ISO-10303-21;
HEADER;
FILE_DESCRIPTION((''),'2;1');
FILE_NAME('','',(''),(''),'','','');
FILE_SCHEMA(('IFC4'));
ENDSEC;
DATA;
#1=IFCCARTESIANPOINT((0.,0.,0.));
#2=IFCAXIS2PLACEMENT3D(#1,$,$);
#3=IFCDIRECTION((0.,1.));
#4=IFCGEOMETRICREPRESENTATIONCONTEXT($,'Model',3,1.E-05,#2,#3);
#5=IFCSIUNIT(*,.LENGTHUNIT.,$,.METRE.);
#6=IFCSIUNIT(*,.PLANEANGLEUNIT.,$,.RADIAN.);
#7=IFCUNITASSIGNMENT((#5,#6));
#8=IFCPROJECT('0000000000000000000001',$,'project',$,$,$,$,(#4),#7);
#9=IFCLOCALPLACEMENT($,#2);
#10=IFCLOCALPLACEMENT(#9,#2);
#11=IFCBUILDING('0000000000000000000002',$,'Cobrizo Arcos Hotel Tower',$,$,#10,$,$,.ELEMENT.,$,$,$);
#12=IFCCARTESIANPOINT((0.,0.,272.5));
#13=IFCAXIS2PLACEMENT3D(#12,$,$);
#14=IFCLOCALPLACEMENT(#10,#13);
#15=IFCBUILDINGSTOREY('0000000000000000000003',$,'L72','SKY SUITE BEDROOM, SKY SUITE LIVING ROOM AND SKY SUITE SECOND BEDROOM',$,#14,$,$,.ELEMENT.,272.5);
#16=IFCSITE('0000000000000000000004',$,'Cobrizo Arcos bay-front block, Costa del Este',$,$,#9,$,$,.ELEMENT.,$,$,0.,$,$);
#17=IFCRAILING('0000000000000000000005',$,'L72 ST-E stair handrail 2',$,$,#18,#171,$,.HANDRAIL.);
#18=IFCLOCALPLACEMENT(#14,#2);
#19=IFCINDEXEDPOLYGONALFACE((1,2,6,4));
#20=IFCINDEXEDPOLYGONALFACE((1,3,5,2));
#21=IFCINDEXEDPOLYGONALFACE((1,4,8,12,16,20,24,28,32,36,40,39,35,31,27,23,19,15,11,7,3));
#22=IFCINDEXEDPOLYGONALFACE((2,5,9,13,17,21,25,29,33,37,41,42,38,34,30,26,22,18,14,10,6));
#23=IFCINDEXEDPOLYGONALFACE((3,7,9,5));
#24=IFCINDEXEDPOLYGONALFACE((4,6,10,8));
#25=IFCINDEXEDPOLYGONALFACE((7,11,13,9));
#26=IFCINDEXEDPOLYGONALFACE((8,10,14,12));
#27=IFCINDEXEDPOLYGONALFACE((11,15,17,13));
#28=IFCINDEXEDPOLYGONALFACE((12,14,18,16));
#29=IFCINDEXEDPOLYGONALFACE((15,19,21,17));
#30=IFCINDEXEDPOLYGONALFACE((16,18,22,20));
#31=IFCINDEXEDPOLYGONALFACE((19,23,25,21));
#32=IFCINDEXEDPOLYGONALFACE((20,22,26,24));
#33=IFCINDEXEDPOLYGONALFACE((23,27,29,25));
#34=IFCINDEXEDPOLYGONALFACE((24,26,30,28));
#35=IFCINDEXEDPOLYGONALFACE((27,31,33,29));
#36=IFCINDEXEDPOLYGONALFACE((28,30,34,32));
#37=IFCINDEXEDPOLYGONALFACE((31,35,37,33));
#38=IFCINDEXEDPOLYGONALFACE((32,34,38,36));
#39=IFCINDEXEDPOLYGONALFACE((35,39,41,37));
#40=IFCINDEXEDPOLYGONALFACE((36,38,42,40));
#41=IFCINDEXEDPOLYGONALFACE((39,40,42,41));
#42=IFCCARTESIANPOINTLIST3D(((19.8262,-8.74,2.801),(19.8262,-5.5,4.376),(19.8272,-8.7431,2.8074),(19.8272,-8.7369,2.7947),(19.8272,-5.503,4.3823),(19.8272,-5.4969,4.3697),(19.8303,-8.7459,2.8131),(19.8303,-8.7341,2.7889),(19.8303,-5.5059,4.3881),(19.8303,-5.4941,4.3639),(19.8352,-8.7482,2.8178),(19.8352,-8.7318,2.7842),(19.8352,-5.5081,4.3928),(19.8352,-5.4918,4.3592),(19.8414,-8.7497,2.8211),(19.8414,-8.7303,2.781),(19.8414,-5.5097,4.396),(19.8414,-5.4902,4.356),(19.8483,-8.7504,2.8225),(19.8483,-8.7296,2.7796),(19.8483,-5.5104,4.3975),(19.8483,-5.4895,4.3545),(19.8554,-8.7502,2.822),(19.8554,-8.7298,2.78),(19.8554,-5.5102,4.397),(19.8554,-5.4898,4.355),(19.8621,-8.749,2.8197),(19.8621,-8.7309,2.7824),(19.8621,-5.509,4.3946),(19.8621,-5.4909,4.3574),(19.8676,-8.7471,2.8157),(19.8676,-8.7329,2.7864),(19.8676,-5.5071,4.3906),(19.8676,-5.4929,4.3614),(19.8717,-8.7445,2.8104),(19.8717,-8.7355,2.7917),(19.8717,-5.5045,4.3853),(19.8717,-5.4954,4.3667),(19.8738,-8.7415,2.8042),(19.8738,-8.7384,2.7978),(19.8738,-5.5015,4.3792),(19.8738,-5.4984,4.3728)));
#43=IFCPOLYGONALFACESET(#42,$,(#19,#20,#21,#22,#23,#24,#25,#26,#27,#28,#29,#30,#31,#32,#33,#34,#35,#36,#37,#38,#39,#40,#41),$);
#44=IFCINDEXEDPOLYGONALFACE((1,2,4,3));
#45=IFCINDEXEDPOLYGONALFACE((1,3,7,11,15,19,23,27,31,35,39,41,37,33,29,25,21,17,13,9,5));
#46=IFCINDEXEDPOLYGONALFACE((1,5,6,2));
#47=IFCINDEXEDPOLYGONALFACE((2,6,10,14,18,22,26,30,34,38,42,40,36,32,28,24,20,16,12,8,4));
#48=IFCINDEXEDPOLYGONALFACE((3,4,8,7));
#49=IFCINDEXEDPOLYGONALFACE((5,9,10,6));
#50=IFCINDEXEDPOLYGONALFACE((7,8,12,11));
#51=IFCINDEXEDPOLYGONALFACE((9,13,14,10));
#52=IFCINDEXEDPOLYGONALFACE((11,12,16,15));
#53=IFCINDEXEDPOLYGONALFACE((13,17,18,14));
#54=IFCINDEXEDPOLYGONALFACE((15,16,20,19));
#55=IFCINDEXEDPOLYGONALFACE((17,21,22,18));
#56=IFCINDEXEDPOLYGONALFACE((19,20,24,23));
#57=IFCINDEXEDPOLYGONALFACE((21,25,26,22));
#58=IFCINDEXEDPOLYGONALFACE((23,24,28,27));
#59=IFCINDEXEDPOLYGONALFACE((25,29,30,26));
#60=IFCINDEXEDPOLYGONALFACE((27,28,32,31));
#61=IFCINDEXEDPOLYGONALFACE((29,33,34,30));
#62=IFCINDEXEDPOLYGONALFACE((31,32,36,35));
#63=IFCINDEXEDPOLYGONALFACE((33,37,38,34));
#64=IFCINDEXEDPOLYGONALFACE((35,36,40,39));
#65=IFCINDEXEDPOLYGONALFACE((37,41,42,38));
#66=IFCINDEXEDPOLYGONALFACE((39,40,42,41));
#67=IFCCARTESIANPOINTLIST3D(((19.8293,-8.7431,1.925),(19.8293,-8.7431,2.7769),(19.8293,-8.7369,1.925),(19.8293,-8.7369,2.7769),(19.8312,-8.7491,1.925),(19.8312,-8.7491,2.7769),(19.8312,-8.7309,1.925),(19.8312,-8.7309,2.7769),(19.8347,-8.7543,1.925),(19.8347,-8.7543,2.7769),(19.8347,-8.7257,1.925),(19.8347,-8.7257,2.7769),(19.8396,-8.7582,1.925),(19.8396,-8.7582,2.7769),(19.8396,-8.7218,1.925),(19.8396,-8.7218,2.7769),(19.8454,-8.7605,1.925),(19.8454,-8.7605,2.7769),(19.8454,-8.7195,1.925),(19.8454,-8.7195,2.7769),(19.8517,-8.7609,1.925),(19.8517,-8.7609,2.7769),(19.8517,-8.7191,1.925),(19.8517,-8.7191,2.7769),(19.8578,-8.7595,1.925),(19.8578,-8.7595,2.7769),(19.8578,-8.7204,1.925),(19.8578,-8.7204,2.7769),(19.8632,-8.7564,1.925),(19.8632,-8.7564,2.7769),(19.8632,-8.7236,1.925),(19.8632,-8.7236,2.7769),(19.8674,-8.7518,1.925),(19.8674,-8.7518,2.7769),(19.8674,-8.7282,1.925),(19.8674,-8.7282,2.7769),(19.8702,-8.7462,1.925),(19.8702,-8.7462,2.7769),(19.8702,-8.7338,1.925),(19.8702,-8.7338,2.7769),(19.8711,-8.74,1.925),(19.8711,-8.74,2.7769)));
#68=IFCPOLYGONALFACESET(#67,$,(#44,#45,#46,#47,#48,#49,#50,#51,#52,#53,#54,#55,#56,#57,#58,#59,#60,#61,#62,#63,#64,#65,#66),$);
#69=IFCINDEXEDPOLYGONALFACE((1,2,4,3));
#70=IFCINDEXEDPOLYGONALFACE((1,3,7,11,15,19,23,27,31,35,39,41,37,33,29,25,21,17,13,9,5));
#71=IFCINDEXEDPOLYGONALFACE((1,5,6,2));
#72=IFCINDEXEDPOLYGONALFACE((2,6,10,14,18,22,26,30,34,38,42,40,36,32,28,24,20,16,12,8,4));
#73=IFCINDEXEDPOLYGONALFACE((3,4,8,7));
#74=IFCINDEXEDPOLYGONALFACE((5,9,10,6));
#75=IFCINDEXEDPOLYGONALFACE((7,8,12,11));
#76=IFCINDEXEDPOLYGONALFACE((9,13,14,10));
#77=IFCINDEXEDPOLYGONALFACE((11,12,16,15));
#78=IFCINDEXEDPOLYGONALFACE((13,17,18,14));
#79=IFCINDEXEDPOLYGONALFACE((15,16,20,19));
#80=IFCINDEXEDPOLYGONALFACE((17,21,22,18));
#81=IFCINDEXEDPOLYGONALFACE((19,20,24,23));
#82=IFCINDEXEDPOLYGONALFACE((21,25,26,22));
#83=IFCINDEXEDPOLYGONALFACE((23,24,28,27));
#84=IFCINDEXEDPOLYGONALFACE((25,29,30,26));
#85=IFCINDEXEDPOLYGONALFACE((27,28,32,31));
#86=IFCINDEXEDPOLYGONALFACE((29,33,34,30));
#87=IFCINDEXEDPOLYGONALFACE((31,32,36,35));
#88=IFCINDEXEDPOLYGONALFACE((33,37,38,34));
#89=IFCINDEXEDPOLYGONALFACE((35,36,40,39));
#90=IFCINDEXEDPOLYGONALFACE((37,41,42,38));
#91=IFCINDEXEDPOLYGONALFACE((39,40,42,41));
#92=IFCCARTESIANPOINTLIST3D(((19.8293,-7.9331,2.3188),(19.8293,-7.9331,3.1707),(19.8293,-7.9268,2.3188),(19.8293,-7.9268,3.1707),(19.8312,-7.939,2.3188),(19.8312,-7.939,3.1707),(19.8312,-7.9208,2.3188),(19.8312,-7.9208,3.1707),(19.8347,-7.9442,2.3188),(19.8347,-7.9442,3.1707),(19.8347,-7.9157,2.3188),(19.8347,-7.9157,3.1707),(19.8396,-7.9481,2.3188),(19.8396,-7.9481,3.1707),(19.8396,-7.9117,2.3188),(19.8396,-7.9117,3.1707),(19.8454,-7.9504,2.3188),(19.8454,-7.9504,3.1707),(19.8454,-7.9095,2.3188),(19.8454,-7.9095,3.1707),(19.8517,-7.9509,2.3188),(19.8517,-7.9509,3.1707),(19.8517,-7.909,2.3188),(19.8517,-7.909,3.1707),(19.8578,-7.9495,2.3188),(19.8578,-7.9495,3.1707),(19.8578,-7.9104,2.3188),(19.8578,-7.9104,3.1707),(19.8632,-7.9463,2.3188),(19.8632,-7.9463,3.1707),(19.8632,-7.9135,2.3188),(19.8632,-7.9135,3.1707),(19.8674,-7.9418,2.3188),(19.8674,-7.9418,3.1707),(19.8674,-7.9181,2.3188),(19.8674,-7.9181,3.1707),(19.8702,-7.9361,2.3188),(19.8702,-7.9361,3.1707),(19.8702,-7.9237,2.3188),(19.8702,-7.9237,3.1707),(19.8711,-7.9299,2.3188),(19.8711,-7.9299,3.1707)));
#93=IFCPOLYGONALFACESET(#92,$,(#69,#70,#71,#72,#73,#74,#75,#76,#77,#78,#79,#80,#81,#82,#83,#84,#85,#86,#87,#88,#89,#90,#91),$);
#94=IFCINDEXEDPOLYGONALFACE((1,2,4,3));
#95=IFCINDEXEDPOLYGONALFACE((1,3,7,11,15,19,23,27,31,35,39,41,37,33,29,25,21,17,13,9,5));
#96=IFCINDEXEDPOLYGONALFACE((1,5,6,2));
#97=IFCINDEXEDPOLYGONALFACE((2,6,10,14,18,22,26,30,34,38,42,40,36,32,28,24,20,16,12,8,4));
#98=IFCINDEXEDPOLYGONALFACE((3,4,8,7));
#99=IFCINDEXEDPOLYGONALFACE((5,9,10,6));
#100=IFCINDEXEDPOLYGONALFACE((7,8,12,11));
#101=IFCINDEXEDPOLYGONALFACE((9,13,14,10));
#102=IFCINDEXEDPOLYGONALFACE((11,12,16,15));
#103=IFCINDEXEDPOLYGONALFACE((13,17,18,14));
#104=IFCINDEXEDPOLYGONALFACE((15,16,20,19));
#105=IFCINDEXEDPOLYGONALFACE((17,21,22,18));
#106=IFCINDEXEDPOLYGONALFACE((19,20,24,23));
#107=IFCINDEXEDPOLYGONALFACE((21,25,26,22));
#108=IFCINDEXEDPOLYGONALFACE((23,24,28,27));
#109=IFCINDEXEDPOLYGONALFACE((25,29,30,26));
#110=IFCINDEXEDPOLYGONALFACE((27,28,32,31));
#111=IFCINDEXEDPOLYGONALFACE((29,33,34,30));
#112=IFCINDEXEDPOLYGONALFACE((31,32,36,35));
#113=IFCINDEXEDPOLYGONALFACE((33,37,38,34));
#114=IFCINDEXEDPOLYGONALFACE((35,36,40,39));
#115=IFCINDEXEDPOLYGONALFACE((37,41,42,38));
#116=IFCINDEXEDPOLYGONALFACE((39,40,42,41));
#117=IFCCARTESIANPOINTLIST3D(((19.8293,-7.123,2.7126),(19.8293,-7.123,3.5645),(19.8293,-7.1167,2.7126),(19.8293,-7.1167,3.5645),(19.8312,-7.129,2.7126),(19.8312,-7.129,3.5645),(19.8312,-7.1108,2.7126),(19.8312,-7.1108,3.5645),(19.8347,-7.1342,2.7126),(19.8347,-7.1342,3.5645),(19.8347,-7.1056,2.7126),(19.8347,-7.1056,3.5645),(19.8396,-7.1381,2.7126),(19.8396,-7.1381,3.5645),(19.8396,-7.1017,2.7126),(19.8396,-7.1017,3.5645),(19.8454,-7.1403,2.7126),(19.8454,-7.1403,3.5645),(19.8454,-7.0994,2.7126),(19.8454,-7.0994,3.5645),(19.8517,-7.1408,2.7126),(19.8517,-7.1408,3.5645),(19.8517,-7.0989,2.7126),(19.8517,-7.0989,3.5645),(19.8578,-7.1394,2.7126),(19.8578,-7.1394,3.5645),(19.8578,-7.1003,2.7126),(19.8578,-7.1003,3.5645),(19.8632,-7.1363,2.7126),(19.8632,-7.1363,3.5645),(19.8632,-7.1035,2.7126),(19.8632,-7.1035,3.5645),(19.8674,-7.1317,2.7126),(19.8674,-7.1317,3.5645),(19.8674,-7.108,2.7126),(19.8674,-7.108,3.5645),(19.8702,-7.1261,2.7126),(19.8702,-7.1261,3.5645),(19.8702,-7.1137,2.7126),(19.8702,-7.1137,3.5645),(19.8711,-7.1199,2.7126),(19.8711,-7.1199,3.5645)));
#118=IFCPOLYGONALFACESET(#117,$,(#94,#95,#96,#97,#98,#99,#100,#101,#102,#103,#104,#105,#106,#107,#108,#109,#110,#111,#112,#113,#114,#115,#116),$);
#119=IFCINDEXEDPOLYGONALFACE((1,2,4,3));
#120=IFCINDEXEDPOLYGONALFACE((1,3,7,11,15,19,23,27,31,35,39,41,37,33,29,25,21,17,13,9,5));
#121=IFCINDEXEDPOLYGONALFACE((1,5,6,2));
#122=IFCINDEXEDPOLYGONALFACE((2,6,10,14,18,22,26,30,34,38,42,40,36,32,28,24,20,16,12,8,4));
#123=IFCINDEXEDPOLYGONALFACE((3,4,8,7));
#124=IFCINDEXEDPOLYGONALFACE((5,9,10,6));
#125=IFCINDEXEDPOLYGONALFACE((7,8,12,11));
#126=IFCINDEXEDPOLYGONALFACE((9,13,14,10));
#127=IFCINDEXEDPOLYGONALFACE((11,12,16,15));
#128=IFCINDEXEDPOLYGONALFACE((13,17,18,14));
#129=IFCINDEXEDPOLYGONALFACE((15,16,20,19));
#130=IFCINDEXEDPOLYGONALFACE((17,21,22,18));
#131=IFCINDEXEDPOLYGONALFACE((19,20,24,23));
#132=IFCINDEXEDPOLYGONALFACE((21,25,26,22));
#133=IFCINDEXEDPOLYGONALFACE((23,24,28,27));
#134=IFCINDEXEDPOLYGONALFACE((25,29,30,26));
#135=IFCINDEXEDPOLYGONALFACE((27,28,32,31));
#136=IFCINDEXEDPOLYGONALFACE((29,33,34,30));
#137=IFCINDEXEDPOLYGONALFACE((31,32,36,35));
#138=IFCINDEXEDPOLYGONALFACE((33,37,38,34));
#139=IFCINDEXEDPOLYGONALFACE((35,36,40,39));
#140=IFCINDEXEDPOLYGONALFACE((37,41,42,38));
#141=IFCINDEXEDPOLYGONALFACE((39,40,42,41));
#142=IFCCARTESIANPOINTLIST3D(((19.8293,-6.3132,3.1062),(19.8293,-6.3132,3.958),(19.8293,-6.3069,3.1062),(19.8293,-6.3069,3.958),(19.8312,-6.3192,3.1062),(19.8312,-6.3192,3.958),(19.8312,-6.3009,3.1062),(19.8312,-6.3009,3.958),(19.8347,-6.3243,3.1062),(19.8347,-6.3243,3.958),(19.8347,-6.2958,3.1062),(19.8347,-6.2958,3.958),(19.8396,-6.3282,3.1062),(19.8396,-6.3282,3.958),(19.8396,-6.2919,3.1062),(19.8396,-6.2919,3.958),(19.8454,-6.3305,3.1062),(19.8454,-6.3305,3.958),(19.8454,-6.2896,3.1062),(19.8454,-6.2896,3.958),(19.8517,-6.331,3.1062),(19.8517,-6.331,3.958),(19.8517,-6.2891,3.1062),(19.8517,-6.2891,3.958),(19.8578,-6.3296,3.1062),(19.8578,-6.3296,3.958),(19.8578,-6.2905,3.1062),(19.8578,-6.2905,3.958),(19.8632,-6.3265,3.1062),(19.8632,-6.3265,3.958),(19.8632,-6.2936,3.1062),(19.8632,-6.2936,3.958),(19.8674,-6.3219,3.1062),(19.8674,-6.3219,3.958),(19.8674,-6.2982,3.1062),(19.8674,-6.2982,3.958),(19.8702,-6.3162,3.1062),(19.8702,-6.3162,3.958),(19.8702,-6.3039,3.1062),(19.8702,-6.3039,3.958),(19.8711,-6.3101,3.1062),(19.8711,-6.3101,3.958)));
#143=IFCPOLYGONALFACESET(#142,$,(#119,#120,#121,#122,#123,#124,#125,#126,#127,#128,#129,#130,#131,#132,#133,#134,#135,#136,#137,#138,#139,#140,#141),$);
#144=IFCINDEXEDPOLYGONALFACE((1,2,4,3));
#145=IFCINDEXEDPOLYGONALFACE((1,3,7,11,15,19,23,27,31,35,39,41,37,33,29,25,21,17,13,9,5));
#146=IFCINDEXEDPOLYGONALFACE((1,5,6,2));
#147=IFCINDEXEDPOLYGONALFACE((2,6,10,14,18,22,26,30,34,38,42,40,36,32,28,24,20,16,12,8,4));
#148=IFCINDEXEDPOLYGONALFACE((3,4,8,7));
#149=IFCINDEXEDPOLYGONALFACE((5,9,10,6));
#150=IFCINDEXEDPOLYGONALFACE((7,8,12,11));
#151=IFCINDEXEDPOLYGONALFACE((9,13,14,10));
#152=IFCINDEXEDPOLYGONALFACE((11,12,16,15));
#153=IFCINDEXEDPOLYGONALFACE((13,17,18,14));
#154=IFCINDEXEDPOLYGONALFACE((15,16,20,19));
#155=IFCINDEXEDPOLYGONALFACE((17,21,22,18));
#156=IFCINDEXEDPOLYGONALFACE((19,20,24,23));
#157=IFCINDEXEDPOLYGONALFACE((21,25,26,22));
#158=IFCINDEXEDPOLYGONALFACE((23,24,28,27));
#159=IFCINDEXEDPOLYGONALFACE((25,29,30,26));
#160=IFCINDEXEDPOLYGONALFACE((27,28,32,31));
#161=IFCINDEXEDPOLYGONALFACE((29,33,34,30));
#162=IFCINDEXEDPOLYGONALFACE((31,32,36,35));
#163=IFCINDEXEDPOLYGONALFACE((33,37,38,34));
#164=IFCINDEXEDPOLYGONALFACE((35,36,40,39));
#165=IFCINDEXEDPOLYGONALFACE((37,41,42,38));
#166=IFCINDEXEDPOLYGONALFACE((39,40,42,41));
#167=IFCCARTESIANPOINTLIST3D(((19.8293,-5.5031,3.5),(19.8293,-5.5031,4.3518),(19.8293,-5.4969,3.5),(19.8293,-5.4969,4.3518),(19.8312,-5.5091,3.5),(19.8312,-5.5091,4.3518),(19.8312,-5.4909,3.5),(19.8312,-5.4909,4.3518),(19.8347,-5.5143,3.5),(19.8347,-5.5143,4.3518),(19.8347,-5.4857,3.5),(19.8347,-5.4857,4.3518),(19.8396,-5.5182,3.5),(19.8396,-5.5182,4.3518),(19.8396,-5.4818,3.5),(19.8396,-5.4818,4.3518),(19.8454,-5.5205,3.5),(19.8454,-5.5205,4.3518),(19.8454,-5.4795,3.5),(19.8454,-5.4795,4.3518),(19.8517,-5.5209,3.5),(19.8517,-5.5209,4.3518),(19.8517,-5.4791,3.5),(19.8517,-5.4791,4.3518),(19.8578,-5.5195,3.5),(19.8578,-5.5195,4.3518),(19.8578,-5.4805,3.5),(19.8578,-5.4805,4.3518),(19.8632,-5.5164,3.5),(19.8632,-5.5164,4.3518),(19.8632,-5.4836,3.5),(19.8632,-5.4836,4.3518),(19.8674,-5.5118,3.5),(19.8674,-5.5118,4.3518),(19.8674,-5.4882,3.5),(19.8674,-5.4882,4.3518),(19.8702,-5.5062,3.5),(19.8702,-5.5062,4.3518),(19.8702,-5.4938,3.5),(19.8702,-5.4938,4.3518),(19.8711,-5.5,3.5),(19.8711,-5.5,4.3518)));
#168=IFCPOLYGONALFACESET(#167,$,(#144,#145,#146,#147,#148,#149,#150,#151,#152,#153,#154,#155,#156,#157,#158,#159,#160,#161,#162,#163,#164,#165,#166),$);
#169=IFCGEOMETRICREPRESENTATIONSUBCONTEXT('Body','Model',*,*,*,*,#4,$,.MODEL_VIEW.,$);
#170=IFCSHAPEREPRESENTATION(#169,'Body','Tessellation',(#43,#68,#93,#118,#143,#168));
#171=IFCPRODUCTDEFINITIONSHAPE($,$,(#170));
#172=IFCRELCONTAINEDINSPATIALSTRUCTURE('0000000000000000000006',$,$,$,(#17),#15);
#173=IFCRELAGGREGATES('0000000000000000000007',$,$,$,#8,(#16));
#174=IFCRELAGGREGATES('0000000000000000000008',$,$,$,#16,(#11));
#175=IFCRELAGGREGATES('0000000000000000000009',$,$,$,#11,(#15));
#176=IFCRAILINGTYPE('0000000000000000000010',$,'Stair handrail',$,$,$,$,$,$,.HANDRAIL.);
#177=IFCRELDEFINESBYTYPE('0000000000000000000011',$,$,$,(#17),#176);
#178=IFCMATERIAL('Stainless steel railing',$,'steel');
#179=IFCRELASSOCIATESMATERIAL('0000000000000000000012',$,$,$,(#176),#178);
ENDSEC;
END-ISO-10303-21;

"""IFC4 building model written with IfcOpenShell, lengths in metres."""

from ifc_helpers import new_model, si_unit, direction, frame, origin, origin_2d, place, context, subcontext, project, spatial, circle, extrude, material, type_object, element, save


model = new_model("IFC4")

# Units and contexts
model_context = context("Model", 3, precision=1e-05, world=origin(), true_north=direction((0.0, 1.0)))
body_context = subcontext(model_context, "Body", "Model", "MODEL_VIEW")
ifc_project = project(units=[si_unit("LENGTHUNIT", "METRE"), si_unit("PLANEANGLEUNIT", "RADIAN")], contexts=[model_context])

# Site, building, storey
site_placement = place(None, origin())
site = spatial("IfcSite", under=ifc_project, at=site_placement, Name="Cobrizo Arcos bay-front block, Costa del Este", CompositionType="ELEMENT", RefElevation=0.0)
building_placement = place(site_placement, origin())
building = spatial("IfcBuilding", under=site, at=building_placement, Name="Cobrizo Arcos Hotel Tower", CompositionType="ELEMENT")
storey_placement = place(building_placement, frame((0.0, 0.0, 272.5)))
storey = spatial("IfcBuildingStorey", under=building, at=storey_placement, Name="L72", Description="SKY SUITE BEDROOM, SKY SUITE LIVING ROOM AND SKY SUITE SECOND BEDROOM", CompositionType="ELEMENT", Elevation=272.5)

# Railing
ifc_material_1 = material(Name="Stainless steel railing", Category="steel")
railing_type_1 = type_object("IfcRailingType", Name="Stair handrail", PredefinedType="HANDRAIL", material=ifc_material_1)
railing_1_placement = place(storey_placement, frame((19.8501, -8.74, 1.925)))
element("IfcRailing", 1, at=railing_1_placement, inside=storey, type_object=railing_type_1, Name="L72 ST-E stair handrail 2", PredefinedType="HANDRAIL", context=body_context, shape_type="SweptSolid", body=[
    extrude(circle(Radius=0.0239, at=origin_2d()), frame((0.0, 0.0, 0.876), z_axis=(0.0, 0.899373, 0.437183), x_axis=(-1.0, 0.0, 0.0)), (0.0, 0.0, 1.0), 3.6025),
    extrude(circle(Radius=0.021, at=origin_2d()), origin(), (0.0, 0.0, 1.0), 0.8518),
    extrude(circle(Radius=0.021, at=origin_2d()), frame((0.0, 0.8101, 0.3938)), (0.0, 0.0, 1.0), 0.8518),
    extrude(circle(Radius=0.021, at=origin_2d()), frame((0.0, 1.6201, 0.7876)), (0.0, 0.0, 1.0), 0.8518),
    extrude(circle(Radius=0.021, at=origin_2d()), frame((0.0, 2.4299, 1.1812)), (0.0, 0.0, 1.0), 0.8518),
    extrude(circle(Radius=0.021, at=origin_2d()), frame((0.0, 3.24, 1.575)), (0.0, 0.0, 1.0), 0.8518),
])

save(model, "model.ifc")
